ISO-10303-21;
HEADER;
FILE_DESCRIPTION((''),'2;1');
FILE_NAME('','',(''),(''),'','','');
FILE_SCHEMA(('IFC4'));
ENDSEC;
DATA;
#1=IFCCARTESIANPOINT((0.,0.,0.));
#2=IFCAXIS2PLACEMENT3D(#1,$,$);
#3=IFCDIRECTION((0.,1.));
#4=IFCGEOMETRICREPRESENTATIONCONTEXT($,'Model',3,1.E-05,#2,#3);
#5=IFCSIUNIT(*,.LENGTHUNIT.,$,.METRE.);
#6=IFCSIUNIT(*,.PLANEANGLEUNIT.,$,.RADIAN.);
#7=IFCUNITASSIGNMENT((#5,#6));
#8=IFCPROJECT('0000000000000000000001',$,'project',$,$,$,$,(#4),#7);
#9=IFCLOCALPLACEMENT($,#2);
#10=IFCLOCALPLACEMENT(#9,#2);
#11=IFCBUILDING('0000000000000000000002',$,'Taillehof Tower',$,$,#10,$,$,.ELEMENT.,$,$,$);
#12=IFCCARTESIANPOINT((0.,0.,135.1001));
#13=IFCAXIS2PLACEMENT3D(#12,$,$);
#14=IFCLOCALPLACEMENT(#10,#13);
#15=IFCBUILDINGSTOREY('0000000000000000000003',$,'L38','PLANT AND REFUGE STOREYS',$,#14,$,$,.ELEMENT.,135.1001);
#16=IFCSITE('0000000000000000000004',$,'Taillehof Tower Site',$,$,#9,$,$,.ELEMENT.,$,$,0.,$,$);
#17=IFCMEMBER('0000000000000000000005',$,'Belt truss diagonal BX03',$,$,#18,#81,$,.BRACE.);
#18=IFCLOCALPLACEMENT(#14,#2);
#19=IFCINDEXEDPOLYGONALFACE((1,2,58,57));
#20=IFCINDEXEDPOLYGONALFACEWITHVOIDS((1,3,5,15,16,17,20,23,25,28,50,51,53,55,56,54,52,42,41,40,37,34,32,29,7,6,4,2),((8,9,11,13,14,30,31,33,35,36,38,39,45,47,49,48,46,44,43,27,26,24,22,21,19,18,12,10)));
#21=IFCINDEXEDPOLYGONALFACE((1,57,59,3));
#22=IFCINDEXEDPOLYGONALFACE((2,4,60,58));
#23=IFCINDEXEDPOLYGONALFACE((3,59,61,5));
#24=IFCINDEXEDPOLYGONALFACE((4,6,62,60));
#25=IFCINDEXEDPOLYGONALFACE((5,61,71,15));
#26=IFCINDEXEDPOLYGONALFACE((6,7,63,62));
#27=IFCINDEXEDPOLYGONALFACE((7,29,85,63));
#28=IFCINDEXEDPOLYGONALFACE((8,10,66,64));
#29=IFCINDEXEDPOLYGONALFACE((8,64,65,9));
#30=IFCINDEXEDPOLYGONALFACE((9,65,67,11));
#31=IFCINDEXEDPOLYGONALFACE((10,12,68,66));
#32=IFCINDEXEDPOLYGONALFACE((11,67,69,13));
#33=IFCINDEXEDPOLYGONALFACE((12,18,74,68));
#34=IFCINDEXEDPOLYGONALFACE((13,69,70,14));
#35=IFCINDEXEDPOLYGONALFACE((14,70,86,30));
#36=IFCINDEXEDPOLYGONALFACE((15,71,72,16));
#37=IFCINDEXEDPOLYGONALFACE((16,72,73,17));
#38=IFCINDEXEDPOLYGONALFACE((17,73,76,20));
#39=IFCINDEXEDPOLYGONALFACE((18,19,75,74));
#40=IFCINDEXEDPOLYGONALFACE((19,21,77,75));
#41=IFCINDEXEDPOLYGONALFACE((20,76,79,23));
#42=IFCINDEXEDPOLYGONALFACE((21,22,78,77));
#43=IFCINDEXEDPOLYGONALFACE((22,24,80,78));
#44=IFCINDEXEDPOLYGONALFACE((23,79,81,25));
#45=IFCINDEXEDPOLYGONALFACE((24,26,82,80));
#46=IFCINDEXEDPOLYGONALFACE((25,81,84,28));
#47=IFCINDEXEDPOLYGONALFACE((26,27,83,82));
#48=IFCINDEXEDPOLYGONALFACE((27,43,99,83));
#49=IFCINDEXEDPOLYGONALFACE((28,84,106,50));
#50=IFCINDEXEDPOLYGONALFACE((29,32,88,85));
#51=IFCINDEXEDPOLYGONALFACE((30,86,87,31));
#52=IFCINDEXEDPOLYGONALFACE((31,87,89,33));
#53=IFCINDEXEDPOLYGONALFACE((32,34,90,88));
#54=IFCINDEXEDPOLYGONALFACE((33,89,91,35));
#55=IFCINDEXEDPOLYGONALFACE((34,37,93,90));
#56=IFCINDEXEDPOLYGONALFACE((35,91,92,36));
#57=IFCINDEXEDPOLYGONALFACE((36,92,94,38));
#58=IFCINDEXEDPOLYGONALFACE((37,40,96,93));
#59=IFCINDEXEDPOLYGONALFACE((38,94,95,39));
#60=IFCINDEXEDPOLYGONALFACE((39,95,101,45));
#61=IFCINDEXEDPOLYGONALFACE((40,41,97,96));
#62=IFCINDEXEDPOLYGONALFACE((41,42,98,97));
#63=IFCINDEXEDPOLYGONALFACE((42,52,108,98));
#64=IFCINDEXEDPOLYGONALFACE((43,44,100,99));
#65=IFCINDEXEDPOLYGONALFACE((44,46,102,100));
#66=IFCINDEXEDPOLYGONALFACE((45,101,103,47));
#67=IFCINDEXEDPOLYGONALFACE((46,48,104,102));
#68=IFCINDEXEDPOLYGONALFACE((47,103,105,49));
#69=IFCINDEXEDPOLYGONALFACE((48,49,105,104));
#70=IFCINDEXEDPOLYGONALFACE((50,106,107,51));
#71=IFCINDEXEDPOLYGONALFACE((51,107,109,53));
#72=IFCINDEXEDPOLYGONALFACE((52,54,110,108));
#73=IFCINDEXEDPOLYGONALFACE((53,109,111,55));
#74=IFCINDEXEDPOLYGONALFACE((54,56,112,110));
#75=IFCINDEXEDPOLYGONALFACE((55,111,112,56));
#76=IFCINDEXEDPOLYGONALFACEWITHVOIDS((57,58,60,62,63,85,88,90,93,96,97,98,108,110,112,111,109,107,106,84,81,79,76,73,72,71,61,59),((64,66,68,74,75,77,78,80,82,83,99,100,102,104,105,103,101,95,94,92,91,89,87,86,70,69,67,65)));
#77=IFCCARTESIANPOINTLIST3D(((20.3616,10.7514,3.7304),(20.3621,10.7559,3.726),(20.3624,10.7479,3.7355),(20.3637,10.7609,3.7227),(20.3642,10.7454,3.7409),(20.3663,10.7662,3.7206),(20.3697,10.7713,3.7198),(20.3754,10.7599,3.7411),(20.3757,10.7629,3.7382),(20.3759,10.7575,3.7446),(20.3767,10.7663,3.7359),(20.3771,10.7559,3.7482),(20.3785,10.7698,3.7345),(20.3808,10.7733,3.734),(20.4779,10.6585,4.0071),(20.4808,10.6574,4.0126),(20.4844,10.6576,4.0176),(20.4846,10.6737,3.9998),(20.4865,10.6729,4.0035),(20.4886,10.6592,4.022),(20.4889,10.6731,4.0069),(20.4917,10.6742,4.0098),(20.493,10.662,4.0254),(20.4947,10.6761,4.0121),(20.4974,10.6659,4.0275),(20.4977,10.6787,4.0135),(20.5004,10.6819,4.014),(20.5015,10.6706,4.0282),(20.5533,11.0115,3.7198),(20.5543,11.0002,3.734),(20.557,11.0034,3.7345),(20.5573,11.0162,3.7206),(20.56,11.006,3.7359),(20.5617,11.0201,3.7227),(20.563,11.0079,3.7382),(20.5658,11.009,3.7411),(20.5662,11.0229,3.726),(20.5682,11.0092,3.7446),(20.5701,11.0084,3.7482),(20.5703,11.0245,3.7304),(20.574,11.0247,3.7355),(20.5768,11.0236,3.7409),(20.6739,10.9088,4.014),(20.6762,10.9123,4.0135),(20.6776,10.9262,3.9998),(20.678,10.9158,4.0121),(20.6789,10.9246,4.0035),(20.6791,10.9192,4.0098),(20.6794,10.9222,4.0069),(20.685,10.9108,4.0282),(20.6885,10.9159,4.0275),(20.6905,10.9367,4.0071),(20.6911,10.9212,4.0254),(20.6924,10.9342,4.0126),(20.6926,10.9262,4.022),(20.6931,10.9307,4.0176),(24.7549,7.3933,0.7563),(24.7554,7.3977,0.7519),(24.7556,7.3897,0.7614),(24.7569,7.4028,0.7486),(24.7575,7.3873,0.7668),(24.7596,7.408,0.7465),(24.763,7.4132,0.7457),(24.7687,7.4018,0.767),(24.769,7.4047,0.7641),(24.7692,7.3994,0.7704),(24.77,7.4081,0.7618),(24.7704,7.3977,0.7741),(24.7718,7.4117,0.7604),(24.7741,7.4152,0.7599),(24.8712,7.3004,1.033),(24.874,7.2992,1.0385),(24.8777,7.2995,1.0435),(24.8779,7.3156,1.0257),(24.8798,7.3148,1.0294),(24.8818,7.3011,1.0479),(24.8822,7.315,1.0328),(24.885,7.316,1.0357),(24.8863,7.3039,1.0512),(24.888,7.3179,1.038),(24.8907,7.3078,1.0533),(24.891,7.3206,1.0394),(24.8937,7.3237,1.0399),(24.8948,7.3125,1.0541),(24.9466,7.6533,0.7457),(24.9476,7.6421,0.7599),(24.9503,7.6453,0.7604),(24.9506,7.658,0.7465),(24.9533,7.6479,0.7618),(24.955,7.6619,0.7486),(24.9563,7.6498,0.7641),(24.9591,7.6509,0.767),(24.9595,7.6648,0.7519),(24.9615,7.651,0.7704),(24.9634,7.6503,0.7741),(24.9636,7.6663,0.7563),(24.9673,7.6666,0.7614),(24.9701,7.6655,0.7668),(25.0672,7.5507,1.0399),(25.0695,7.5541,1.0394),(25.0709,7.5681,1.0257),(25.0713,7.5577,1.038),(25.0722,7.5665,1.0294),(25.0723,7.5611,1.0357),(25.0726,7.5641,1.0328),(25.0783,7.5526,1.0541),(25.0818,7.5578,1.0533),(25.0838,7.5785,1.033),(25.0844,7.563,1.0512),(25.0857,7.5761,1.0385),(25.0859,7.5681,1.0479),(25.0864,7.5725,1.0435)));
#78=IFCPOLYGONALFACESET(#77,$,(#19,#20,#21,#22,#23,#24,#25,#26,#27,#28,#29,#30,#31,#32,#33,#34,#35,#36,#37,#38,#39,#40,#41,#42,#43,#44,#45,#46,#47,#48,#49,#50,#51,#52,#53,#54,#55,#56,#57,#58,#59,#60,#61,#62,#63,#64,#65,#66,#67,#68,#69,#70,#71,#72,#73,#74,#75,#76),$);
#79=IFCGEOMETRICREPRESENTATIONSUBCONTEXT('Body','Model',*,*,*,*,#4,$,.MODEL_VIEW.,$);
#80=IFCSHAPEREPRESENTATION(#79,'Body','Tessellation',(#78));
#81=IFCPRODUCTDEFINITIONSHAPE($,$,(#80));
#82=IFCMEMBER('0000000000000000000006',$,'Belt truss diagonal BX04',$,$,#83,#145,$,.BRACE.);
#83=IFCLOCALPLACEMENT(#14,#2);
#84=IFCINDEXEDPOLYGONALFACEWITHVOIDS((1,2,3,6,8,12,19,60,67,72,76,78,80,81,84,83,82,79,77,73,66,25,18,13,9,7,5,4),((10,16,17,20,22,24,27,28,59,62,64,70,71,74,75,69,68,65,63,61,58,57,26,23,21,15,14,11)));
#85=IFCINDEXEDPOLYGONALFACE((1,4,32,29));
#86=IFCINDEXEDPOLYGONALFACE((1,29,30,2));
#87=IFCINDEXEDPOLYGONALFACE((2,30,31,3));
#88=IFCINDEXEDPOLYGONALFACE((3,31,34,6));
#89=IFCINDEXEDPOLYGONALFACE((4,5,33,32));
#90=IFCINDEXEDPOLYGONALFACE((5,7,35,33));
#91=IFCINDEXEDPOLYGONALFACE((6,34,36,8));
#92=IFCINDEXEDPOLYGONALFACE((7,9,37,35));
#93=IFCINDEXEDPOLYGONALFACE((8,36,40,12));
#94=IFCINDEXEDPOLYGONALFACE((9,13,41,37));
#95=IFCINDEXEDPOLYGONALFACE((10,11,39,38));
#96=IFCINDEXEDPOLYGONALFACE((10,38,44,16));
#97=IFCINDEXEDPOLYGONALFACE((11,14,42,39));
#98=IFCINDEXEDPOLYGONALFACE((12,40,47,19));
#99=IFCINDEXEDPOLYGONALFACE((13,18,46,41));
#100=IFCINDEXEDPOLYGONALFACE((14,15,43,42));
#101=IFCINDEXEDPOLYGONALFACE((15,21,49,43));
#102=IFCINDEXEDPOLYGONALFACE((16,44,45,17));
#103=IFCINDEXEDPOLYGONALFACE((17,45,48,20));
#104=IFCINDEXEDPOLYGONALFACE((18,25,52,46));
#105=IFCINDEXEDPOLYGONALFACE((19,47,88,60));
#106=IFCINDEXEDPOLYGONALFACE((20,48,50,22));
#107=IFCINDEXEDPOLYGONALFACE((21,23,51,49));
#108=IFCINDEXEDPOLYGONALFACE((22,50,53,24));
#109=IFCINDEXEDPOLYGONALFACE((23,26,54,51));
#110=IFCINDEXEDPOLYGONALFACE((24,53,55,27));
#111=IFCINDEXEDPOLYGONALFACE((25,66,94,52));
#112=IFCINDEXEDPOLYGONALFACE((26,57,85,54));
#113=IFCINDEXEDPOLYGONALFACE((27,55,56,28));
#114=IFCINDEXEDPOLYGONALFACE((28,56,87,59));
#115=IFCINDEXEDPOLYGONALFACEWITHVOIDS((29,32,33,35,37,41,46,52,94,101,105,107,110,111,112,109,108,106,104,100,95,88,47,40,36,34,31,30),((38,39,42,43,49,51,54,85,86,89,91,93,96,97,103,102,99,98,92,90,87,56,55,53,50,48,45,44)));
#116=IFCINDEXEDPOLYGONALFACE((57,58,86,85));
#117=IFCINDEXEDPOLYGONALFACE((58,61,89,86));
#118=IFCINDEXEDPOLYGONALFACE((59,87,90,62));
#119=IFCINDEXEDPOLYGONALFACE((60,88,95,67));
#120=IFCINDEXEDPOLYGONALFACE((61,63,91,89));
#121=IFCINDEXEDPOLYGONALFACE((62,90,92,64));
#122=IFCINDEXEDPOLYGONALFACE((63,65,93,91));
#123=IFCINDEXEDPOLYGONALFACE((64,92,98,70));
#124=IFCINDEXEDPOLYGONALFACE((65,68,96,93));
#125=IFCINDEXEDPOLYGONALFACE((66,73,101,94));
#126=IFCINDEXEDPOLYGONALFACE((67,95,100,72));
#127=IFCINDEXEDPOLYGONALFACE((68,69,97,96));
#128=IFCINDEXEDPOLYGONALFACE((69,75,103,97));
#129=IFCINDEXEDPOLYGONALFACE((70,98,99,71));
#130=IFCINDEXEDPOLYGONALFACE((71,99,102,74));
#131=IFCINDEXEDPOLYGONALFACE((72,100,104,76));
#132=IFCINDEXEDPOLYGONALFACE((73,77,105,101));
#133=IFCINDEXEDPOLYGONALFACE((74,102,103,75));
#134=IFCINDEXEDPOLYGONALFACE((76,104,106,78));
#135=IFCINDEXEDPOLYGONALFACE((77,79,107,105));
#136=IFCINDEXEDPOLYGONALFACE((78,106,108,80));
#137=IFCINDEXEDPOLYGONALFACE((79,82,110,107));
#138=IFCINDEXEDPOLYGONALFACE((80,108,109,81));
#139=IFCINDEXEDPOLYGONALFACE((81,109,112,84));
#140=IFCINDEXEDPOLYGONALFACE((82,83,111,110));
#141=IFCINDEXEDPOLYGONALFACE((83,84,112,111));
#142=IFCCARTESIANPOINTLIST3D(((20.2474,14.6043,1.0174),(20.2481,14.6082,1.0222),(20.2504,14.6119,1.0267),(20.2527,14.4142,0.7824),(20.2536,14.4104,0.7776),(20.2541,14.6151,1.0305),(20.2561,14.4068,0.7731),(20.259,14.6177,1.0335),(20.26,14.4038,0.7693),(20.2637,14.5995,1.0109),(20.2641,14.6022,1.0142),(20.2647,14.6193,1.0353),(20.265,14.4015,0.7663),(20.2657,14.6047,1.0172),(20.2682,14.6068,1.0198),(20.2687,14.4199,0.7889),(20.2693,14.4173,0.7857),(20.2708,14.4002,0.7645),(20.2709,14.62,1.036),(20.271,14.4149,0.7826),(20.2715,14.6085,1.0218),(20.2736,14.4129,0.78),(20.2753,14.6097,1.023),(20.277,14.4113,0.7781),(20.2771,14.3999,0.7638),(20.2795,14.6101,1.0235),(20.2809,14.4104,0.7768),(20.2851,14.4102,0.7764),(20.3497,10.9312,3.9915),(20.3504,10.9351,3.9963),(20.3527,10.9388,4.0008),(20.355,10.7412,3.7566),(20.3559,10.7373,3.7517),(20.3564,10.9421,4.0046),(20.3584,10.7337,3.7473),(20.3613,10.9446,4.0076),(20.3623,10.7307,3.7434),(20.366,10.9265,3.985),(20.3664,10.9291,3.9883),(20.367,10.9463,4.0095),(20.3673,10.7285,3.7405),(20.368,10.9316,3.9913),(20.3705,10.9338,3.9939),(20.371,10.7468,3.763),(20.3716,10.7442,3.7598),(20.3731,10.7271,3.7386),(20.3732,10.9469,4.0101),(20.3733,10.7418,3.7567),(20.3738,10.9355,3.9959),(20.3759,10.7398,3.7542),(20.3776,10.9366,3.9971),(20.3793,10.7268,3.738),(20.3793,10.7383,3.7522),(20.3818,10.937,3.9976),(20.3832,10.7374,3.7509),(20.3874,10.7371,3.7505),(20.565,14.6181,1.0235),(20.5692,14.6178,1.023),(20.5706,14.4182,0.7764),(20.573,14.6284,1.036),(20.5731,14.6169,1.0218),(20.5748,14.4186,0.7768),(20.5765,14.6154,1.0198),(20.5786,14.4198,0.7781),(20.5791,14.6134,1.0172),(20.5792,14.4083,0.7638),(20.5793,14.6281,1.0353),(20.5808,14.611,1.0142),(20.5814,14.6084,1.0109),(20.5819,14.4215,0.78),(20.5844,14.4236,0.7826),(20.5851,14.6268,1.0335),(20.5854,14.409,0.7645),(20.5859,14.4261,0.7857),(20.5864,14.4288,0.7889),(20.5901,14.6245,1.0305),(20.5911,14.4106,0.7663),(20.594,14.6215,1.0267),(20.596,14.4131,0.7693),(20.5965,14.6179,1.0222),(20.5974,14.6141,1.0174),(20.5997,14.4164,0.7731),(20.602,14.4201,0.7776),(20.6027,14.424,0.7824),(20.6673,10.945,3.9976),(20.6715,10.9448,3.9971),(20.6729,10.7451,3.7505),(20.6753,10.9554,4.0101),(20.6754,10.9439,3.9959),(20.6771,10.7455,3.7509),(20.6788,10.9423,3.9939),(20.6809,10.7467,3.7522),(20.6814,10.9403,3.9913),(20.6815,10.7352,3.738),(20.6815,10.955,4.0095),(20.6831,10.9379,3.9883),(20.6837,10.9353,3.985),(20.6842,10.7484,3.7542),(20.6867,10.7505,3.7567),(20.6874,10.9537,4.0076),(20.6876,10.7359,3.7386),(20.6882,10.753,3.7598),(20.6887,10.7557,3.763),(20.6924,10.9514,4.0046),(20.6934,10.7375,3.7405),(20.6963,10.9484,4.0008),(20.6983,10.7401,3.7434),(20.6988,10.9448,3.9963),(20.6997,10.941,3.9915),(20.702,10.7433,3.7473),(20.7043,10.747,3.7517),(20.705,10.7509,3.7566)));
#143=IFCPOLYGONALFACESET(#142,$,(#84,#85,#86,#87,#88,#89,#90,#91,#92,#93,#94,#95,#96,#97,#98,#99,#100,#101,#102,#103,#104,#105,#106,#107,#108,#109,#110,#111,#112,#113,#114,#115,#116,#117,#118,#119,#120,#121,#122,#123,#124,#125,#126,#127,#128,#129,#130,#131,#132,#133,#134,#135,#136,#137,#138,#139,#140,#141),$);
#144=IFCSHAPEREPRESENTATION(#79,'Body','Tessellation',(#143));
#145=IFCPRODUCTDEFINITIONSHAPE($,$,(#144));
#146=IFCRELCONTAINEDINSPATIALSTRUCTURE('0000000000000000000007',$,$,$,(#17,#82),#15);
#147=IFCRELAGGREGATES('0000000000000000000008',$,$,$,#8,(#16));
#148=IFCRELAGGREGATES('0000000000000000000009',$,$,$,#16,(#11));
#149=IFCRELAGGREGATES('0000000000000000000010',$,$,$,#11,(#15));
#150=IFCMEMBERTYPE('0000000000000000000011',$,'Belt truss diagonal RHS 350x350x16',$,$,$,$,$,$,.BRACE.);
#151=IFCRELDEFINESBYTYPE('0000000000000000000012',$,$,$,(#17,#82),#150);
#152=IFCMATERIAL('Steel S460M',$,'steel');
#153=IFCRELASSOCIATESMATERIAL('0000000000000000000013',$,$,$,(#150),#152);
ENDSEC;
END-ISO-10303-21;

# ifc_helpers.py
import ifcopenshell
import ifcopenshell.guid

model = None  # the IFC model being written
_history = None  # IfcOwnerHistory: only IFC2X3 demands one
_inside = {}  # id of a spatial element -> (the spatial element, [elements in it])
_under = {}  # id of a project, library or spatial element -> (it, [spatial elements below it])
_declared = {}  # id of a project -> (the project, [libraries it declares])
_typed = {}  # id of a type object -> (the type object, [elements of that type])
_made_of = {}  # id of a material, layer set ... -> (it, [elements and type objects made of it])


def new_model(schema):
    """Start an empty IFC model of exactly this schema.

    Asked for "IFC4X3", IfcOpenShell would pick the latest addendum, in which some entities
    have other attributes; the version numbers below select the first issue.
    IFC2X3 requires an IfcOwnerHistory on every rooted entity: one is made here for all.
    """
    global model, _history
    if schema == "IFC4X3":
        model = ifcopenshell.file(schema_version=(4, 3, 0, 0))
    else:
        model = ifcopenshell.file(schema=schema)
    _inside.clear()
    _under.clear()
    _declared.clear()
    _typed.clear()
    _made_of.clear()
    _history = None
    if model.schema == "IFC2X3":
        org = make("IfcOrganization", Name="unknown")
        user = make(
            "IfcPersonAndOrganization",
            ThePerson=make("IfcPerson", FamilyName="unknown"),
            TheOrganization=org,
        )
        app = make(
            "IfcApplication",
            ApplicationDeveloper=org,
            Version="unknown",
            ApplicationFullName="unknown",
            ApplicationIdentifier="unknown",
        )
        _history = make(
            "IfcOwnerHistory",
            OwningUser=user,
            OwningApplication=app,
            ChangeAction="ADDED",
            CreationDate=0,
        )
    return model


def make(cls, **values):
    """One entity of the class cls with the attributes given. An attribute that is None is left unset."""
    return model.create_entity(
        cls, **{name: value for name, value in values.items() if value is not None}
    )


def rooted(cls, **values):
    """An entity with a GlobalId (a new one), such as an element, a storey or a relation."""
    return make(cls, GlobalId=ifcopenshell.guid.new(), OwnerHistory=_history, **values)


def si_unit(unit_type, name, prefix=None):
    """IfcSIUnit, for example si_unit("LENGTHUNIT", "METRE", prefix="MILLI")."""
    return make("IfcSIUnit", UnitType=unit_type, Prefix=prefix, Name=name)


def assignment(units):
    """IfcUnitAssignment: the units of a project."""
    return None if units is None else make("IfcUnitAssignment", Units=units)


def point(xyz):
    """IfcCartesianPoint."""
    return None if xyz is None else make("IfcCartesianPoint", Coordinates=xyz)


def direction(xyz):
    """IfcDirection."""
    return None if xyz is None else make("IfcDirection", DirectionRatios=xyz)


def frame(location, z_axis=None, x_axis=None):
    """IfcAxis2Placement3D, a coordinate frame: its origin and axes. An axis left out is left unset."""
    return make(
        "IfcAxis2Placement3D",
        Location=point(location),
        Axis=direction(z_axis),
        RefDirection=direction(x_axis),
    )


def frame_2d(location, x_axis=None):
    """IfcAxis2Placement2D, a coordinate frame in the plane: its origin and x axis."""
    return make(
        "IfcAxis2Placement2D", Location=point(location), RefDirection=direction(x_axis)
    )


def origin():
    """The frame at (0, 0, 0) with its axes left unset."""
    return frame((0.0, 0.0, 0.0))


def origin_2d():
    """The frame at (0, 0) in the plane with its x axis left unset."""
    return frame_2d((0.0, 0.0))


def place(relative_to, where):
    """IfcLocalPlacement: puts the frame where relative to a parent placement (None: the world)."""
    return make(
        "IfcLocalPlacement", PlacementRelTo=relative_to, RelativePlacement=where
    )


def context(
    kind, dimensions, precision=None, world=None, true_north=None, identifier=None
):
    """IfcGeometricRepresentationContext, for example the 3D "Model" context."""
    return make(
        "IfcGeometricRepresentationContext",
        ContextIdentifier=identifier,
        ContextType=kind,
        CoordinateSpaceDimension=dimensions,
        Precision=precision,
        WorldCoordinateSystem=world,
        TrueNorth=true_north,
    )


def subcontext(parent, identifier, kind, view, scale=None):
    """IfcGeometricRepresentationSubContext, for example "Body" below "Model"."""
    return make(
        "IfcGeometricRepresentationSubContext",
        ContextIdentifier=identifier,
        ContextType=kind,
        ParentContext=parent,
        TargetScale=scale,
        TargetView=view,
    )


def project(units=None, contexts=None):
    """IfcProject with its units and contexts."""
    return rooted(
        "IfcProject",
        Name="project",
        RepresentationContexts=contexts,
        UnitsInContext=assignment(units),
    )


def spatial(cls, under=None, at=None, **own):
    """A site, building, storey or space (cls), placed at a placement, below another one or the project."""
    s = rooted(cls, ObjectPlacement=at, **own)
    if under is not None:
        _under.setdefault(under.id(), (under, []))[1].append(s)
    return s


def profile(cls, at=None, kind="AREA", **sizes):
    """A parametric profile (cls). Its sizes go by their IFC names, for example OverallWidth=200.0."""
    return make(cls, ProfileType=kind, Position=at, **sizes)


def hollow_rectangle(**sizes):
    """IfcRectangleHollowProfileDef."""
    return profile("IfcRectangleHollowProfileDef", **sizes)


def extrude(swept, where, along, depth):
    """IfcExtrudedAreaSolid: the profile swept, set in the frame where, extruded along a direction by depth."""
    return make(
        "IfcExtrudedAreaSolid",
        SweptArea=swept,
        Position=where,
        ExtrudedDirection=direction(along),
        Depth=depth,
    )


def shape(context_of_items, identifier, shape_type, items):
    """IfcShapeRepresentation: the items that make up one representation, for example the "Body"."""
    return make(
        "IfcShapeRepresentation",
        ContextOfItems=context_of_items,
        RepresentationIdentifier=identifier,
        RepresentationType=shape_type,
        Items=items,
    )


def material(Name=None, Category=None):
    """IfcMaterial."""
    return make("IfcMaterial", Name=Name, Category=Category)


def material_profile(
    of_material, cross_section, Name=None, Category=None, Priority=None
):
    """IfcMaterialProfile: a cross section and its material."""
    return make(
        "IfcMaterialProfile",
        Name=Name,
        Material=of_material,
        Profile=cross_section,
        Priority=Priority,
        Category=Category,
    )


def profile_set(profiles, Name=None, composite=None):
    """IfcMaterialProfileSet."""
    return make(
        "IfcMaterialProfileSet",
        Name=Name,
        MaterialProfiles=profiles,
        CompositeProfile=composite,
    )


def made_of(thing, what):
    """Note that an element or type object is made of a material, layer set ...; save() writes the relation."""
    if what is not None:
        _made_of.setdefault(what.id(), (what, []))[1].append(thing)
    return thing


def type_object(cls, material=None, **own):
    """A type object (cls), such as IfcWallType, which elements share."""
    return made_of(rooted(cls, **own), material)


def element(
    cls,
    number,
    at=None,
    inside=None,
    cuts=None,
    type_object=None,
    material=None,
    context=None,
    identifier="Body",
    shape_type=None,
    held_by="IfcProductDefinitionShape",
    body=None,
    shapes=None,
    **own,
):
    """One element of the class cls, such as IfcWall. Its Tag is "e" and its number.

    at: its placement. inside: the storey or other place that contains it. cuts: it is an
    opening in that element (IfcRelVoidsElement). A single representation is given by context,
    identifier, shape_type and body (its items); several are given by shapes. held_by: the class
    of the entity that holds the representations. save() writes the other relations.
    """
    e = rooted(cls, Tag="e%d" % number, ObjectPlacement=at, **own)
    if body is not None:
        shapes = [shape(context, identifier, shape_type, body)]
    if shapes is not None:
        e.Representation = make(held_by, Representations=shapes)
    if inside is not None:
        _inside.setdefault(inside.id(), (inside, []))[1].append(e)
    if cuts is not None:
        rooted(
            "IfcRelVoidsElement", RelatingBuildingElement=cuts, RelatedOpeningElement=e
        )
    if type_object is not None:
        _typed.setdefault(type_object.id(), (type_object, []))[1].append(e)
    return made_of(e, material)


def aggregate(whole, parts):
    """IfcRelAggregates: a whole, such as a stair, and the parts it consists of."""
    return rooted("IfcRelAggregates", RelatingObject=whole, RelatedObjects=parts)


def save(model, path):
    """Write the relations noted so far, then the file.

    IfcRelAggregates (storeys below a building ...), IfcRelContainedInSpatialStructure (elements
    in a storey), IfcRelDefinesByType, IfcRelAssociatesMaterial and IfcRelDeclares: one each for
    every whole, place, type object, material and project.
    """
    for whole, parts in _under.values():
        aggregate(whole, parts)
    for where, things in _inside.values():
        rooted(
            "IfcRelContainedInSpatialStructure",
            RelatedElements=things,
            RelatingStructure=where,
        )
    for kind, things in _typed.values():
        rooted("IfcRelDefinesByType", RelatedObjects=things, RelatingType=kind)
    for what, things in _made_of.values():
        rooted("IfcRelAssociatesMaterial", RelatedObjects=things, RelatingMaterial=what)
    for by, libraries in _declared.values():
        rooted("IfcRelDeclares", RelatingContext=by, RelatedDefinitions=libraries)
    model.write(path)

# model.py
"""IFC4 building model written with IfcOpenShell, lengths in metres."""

from ifc_helpers import new_model, si_unit, direction, frame, origin, origin_2d, place, context, subcontext, project, spatial, hollow_rectangle, extrude, material, material_profile, profile_set, type_object, element, save


model = new_model("IFC4")

# Units and contexts
model_context = context("Model", 3, precision=1e-05, world=origin(), true_north=direction((0.0, 1.0)))
body_context = subcontext(model_context, "Body", "Model", "MODEL_VIEW")
ifc_project = project(units=[si_unit("LENGTHUNIT", "METRE"), si_unit("PLANEANGLEUNIT", "RADIAN")], contexts=[model_context])

# Site, building, storey
site_placement = place(None, origin())
site = spatial("IfcSite", under=ifc_project, at=site_placement, Name="Taillehof Tower Site", CompositionType="ELEMENT", RefElevation=0.0)
building_placement = place(site_placement, origin())
building = spatial("IfcBuilding", under=site, at=building_placement, Name="Taillehof Tower", CompositionType="ELEMENT")
storey_placement = place(building_placement, frame((0.0, 0.0, 135.1001)))
storey = spatial("IfcBuildingStorey", under=building, at=storey_placement, Name="L38", Description="PLANT AND REFUGE STOREYS", CompositionType="ELEMENT", Elevation=135.1001)

# Members
ifc_material_1 = material(Name="Steel S460M", Category="steel")
ifc_material_profile_1 = material_profile(ifc_material_1, hollow_rectangle(XDim=0.3501, YDim=0.3501, WallThickness=0.0161, InnerFilletRadius=0.0161, OuterFilletRadius=0.0239, at=origin_2d()), Name="RHS 350x350x16")
ifc_profile_set_1 = profile_set([ifc_material_profile_1], Name="Steel S460M")
member_type_1 = type_object("IfcMemberType", Name="Belt truss diagonal RHS 350x350x16", PredefinedType="BRACE", material=ifc_profile_set_1)
member_1_placement = place(storey_placement, frame((24.9207, 7.4829, 0.8999), z_axis=(-0.699701, 0.534837, 0.473674), x_axis=(-0.607286, -0.794483, 0.0)))
element("IfcMember", 1, at=member_1_placement, inside=storey, type_object=member_type_1, Name="Belt truss diagonal BX03", PredefinedType="BRACE", context=body_context, shape_type="SweptSolid", body=[
    extrude(hollow_rectangle(XDim=0.3501, YDim=0.3501, WallThickness=0.0161, InnerFilletRadius=0.0161, OuterFilletRadius=0.0239, at=origin_2d()), origin(), (0.0, 0.0, 1.0), 6.2788),
])
member_2_placement = place(storey_placement, frame((20.5273, 10.8411, 3.874), z_axis=(-0.021639, 0.776994, -0.629136), x_axis=(-0.999612, -0.027839, 0.0)))
element("IfcMember", 2, at=member_2_placement, inside=storey, type_object=member_type_1, Name="Belt truss diagonal BX04", PredefinedType="BRACE", context=body_context, shape_type="SweptSolid", body=[
    extrude(hollow_rectangle(XDim=0.3501, YDim=0.3501, WallThickness=0.0161, InnerFilletRadius=0.0161, OuterFilletRadius=0.0239, at=origin_2d()), origin(), (0.0, 0.0, 1.0), 4.7273),
])

save(model, "model.ifc")
